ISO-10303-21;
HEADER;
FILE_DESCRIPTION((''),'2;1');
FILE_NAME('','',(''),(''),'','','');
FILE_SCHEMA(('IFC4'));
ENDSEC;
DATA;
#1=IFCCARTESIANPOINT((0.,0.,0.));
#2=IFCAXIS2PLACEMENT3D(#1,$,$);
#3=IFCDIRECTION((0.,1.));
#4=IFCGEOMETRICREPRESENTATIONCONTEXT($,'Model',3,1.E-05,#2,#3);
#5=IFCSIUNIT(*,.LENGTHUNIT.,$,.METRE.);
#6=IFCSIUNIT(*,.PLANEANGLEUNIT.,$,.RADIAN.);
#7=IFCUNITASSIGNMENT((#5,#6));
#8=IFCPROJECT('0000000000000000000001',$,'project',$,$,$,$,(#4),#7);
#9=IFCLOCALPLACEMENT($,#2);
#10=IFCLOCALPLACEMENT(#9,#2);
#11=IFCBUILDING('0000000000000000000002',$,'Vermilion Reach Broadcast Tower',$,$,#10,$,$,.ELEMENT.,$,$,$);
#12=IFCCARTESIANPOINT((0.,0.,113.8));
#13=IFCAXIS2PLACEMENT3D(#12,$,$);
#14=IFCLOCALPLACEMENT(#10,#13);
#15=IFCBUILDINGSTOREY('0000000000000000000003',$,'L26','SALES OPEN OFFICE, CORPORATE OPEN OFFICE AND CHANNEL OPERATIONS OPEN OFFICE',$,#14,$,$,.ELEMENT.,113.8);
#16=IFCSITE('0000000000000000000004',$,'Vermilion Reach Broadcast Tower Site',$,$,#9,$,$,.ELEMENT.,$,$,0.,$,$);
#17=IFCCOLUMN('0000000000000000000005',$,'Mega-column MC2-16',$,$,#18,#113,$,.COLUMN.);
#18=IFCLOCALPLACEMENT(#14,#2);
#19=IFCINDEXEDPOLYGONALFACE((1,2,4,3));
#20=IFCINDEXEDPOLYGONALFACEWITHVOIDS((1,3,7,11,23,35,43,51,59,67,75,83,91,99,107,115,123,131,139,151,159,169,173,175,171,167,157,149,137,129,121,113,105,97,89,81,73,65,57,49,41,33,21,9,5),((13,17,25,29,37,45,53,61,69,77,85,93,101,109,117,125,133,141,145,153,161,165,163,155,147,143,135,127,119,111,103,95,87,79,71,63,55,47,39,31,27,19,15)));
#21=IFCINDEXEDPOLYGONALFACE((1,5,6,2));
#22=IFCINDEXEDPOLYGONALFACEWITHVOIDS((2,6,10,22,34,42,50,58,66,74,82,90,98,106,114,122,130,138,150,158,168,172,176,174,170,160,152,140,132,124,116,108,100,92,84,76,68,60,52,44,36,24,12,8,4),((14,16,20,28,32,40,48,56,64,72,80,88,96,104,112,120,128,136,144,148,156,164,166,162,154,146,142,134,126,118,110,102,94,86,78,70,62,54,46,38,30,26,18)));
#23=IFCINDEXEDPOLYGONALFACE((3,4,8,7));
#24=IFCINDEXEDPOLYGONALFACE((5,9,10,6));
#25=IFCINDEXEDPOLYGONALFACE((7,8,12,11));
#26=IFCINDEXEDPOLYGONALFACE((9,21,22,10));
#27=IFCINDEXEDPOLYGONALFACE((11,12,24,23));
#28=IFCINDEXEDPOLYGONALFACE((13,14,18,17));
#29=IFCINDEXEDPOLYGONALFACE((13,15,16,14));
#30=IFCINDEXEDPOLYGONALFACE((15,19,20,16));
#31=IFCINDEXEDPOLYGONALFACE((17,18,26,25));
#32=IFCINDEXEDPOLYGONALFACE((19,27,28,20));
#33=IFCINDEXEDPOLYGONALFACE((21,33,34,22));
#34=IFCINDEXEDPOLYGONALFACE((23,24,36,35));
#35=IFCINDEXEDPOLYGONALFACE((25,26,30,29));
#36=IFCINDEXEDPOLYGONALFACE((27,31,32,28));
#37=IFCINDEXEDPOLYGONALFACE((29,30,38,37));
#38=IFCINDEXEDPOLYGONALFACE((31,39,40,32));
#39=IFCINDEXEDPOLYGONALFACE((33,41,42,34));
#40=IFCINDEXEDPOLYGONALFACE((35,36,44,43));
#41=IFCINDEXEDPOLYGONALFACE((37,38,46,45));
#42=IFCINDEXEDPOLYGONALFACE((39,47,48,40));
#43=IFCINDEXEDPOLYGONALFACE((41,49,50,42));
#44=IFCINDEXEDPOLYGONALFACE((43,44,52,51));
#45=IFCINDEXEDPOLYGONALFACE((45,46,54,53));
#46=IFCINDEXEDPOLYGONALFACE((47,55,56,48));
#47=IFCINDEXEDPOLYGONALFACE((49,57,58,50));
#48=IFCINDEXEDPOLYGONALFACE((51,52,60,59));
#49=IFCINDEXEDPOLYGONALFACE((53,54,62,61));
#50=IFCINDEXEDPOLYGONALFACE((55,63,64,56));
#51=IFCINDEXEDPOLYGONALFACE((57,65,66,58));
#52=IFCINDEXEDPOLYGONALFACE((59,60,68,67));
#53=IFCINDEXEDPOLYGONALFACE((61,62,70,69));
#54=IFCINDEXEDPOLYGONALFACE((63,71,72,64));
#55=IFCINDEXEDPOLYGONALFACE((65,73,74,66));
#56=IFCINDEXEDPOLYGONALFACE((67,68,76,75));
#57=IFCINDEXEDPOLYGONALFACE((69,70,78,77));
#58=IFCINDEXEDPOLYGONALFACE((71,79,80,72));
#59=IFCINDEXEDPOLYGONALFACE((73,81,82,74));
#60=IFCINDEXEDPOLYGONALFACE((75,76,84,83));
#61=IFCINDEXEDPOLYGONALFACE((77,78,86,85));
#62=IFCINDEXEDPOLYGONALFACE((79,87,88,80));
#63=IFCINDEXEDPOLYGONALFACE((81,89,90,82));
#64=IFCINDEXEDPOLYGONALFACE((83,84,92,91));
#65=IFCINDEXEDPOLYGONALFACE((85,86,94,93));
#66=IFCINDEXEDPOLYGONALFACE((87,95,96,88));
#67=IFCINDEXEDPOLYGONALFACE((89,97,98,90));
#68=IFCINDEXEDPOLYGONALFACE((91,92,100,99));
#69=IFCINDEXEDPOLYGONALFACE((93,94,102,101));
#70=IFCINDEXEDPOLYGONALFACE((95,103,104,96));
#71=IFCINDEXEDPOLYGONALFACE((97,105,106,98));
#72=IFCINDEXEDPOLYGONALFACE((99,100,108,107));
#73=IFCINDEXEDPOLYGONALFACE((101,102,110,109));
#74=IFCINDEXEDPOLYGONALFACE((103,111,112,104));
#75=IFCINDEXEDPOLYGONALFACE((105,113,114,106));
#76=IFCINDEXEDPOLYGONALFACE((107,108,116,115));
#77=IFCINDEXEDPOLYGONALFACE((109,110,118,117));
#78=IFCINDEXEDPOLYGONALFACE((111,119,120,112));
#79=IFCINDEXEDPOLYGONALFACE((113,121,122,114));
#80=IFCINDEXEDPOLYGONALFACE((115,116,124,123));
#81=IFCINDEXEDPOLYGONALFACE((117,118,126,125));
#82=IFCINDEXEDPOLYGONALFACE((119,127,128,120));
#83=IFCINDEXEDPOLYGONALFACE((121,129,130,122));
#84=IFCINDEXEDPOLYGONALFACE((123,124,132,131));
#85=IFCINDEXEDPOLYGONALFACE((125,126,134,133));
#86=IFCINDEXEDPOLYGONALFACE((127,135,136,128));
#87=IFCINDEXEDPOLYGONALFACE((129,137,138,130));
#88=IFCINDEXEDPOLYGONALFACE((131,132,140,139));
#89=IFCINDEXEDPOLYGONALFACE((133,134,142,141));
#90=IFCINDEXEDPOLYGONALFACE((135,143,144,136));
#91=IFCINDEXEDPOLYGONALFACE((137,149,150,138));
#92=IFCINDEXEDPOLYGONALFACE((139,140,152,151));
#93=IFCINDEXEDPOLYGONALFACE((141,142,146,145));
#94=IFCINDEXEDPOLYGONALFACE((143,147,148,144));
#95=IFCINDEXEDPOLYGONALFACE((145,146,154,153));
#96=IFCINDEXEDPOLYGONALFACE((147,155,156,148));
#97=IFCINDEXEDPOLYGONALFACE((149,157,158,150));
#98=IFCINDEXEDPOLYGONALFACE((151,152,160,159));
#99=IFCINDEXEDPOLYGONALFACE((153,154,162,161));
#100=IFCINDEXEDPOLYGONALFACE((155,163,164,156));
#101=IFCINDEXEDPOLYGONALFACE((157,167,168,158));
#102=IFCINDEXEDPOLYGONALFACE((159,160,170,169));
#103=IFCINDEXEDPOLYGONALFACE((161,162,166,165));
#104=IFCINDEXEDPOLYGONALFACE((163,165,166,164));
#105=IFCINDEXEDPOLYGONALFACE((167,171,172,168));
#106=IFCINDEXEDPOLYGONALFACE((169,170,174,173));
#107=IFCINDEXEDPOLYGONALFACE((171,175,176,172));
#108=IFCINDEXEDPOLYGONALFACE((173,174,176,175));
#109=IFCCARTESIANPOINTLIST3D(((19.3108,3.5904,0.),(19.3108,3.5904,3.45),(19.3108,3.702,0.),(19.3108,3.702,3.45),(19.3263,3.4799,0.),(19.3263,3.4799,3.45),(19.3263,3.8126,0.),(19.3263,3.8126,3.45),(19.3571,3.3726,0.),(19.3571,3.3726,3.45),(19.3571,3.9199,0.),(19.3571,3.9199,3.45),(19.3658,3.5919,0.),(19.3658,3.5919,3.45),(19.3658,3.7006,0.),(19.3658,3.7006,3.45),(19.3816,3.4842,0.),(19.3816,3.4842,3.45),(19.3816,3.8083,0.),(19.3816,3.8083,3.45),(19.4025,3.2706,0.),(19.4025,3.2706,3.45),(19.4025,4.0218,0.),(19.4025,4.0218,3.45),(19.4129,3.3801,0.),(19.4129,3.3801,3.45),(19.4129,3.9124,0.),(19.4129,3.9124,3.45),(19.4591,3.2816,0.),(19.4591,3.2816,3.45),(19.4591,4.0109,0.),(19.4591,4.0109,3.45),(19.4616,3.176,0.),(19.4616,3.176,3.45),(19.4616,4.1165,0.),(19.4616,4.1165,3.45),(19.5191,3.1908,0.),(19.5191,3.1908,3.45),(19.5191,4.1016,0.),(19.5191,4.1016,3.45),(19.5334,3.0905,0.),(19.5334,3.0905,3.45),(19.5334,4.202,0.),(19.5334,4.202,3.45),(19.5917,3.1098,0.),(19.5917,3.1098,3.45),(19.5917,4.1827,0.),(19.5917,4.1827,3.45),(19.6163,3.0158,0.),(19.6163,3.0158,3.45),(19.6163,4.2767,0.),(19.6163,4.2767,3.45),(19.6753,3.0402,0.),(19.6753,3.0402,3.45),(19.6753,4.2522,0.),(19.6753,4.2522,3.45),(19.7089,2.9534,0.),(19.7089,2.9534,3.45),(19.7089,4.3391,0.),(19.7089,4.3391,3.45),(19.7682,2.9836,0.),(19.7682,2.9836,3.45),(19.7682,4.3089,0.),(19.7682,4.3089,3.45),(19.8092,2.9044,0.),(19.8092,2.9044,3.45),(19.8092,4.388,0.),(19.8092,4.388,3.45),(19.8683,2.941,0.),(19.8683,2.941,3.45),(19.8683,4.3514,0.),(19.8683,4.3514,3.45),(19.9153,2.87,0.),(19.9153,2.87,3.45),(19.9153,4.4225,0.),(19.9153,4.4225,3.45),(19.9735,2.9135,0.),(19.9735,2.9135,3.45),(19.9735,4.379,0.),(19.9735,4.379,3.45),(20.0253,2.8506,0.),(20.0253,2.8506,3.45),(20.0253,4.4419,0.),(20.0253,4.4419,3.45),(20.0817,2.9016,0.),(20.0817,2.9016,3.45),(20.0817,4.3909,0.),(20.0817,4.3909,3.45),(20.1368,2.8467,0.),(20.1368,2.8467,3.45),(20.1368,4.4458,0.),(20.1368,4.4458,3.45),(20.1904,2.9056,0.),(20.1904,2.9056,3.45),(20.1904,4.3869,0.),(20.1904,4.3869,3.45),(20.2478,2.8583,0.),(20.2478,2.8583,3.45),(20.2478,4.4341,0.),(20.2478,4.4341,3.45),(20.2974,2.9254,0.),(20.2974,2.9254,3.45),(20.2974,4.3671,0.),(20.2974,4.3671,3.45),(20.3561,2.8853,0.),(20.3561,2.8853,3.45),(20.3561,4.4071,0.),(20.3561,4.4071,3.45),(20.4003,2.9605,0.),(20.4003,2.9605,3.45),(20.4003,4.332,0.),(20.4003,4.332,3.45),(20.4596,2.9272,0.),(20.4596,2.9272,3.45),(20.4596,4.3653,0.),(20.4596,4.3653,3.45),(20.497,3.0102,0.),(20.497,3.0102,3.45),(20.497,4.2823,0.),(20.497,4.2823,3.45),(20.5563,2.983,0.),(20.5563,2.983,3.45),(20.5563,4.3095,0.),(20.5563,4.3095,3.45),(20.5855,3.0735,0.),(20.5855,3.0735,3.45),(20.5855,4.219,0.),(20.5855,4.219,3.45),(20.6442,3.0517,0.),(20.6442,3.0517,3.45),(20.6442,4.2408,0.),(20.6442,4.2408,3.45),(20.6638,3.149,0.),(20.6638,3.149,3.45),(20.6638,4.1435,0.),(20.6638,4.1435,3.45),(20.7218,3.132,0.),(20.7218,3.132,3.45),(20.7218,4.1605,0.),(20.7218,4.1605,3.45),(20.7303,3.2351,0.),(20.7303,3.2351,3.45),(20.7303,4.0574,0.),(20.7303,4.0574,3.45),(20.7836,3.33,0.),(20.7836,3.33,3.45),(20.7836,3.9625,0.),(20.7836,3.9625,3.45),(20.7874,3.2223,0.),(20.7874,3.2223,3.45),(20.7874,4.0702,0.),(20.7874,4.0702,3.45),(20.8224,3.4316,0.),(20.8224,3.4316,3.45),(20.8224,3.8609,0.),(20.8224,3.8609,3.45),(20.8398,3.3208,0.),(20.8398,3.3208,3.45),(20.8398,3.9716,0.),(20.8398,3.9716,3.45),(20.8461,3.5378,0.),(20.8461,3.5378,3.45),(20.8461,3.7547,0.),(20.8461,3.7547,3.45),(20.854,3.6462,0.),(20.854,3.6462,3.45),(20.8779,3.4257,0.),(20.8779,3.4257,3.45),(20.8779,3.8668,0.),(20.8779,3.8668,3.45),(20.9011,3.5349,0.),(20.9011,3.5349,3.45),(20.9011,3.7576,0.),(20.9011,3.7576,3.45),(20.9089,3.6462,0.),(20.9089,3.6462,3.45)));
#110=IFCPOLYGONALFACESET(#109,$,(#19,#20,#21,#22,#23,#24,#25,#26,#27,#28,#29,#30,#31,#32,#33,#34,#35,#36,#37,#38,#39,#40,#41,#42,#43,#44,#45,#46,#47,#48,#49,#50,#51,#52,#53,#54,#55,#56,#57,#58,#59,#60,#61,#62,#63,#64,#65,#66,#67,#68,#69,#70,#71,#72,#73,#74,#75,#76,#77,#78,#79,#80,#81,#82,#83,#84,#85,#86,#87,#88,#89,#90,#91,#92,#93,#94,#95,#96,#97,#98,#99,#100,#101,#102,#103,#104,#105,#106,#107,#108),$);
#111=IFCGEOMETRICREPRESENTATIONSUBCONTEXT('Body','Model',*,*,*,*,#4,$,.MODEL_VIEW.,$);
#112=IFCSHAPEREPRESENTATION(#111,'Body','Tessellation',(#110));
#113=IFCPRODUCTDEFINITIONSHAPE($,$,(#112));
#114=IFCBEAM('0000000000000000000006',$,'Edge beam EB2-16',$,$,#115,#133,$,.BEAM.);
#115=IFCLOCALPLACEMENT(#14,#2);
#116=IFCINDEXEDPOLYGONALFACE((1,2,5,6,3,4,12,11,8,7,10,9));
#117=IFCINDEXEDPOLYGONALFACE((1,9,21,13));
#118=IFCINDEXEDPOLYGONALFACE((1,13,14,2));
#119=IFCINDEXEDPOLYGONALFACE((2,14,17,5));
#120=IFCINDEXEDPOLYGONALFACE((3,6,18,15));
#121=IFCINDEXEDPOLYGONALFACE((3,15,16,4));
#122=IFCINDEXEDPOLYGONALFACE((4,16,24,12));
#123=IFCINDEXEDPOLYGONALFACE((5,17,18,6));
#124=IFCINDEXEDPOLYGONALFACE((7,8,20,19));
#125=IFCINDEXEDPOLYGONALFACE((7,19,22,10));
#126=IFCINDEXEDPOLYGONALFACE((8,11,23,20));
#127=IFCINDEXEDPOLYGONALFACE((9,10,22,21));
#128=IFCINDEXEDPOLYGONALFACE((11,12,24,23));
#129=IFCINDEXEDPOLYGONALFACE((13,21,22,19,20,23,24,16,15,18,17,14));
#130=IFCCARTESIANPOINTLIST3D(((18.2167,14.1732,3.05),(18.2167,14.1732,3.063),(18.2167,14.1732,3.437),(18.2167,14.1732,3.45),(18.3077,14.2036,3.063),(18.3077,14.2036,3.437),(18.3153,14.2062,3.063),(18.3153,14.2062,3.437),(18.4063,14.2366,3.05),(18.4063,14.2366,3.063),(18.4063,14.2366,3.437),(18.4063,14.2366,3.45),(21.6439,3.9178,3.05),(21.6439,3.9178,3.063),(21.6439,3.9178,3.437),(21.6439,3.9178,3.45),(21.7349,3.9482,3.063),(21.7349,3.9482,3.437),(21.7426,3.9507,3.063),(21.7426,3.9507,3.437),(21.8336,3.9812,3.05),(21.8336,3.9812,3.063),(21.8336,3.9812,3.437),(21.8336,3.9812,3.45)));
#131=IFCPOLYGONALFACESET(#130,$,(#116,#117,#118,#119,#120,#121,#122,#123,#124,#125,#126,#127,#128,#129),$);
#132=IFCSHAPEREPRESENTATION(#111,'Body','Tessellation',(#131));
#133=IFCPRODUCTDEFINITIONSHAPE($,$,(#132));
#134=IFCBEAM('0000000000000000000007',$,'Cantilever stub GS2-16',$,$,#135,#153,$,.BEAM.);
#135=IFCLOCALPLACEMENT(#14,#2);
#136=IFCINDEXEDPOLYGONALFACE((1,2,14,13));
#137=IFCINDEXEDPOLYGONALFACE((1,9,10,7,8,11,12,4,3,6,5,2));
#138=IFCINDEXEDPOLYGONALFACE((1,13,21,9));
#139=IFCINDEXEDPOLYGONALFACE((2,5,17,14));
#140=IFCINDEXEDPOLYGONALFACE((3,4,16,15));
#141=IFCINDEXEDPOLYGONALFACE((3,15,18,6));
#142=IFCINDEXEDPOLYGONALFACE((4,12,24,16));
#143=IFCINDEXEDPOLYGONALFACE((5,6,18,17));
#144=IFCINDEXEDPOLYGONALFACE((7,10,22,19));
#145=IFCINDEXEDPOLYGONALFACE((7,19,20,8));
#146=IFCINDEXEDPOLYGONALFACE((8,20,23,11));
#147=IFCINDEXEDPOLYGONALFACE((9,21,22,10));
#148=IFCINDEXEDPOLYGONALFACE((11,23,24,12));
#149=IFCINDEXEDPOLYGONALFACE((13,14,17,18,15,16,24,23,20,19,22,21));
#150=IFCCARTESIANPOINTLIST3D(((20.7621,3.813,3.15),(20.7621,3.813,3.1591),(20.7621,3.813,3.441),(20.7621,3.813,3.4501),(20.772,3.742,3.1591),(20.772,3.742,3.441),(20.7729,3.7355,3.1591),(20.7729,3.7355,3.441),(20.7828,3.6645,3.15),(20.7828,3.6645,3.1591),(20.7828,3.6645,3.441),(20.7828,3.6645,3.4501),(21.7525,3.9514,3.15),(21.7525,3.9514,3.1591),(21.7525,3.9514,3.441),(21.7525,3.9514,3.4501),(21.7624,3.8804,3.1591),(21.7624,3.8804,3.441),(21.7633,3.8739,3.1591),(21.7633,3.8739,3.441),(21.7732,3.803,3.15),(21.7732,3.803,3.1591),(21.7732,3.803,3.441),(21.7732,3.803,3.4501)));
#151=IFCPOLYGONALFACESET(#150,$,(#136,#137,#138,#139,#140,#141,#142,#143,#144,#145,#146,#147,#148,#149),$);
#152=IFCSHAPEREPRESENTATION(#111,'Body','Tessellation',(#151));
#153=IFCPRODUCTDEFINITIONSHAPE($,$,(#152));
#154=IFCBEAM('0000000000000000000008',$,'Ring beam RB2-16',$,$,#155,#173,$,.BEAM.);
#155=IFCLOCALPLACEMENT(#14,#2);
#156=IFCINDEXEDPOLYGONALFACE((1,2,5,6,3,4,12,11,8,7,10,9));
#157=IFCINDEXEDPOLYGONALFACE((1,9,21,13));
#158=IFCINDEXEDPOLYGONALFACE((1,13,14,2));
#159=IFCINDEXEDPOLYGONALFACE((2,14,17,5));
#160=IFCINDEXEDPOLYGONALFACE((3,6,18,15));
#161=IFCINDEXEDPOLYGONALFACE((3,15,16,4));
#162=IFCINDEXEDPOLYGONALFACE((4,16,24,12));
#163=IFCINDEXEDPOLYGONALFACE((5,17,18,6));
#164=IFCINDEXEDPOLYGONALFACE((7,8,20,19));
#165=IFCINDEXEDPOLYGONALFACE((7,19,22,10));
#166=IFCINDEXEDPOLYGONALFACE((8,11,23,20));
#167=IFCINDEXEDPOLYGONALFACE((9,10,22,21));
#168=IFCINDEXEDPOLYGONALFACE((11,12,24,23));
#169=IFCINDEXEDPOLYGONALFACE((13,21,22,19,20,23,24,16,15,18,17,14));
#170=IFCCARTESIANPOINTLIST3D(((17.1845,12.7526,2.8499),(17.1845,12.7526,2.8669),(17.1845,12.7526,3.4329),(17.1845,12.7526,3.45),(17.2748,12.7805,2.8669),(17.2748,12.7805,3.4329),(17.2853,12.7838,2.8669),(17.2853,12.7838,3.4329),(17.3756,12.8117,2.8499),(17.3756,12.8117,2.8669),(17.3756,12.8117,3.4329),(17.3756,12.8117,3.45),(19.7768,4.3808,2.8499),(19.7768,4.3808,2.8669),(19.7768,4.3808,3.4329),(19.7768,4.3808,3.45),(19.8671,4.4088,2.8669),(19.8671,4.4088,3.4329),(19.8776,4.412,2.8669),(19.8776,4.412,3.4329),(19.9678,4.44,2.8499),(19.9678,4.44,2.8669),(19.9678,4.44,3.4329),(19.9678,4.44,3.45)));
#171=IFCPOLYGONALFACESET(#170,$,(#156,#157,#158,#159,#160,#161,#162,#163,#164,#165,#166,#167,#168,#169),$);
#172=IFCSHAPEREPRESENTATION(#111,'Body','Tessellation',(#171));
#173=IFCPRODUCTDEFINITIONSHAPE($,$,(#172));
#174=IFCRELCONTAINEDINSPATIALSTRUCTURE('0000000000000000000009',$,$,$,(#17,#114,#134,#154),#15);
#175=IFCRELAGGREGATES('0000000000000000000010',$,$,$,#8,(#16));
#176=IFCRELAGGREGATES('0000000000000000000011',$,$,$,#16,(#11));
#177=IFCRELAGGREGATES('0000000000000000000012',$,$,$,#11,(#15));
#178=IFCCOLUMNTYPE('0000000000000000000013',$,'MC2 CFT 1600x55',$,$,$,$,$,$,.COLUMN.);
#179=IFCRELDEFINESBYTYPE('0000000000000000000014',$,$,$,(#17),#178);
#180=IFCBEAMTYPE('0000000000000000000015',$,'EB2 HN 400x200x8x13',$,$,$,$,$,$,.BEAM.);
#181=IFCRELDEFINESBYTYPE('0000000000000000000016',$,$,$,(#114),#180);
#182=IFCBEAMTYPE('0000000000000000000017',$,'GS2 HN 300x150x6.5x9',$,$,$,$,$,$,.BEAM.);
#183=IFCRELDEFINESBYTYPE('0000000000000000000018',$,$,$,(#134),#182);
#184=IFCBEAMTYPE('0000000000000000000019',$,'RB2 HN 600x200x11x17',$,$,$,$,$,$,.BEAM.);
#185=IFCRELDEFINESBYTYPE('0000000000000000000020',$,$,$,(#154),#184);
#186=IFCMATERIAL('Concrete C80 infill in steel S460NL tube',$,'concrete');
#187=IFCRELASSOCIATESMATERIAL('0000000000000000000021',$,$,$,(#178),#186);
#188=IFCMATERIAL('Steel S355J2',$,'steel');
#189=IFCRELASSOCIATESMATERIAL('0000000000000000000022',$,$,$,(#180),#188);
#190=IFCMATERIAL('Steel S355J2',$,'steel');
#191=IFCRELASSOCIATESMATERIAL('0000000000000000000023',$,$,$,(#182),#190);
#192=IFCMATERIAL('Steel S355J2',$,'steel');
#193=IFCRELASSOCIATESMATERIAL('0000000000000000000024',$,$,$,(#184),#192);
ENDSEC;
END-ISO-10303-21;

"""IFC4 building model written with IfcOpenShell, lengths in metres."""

from ifc_helpers import new_model, si_unit, direction, frame, origin, origin_2d, place, context, subcontext, project, spatial, hollow_circle, i_section, extrude, material, material_profile, profile_set, type_object, element, save


model = new_model("IFC4")

# Units and contexts
model_context = context("Model", 3, precision=1e-05, world=origin(), true_north=direction((0.0, 1.0)))
body_context = subcontext(model_context, "Body", "Model", "MODEL_VIEW")
ifc_project = project(units=[si_unit("LENGTHUNIT", "METRE"), si_unit("PLANEANGLEUNIT", "RADIAN")], contexts=[model_context])

# Site, building, storey
site_placement = place(None, origin())
site = spatial("IfcSite", under=ifc_project, at=site_placement, Name="Vermilion Reach Broadcast Tower Site", CompositionType="ELEMENT", RefElevation=0.0)
building_placement = place(site_placement, origin())
building = spatial("IfcBuilding", under=site, at=building_placement, Name="Vermilion Reach Broadcast Tower", CompositionType="ELEMENT")
storey_placement = place(building_placement, frame((0.0, 0.0, 113.8)))
storey = spatial("IfcBuildingStorey", under=building, at=storey_placement, Name="L26", Description="SALES OPEN OFFICE, CORPORATE OPEN OFFICE AND CHANNEL OPERATIONS OPEN OFFICE", CompositionType="ELEMENT", Elevation=113.8)

# Column
ifc_material_1 = material(Name="Concrete C80 infill in steel S460NL tube", Category="concrete")
ifc_material_profile_1 = material_profile(ifc_material_1, hollow_circle(Radius=0.8, WallThickness=0.0549, at=origin_2d()), Name="Concrete C80 infill in steel S460NL tube CFT 1600x55")
ifc_profile_set_1 = profile_set([ifc_material_profile_1], Name="Concrete C80 infill in steel S460NL tube")
column_type = type_object("IfcColumnType", Name="MC2 CFT 1600x55", PredefinedType="COLUMN", material=ifc_profile_set_1)
column_placement = place(storey_placement, frame((20.1089, 3.6462, 0.0), z_axis=(0.0, 0.0, 1.0), x_axis=(1.0, 0.0, 0.0)))
element("IfcColumn", 1, at=column_placement, inside=storey, type_object=column_type, Name="Mega-column MC2-16", PredefinedType="COLUMN", context=body_context, shape_type="SweptSolid", body=[
    extrude(hollow_circle(Radius=0.8, WallThickness=0.0549, at=origin_2d()), origin(), (0.0, 0.0, 1.0), 3.45),
])

# Beams
ifc_material_2 = material(Name="Steel S355J2", Category="steel")
ifc_material_profile_2 = material_profile(ifc_material_2, i_section(OverallWidth=0.2, OverallDepth=0.3999, WebThickness=0.0081, FlangeThickness=0.0129, at=origin_2d()), Name="S355J2 HN 400x200x8x13")
ifc_profile_set_2 = profile_set([ifc_material_profile_2], Name="Steel S355J2")
beam_type_1 = type_object("IfcBeamType", Name="EB2 HN 400x200x8x13", PredefinedType="BEAM", material=ifc_profile_set_2)
beam_1_placement = place(storey_placement, frame((21.7388, 3.9495, 3.25), z_axis=(-0.316959, 0.948439, 0.0), x_axis=(-0.948439, -0.316959, 0.0)))
element("IfcBeam", 2, at=beam_1_placement, inside=storey, type_object=beam_type_1, Name="Edge beam EB2-16", PredefinedType="BEAM", context=body_context, shape_type="SweptSolid", body=[
    extrude(i_section(OverallWidth=0.2, OverallDepth=0.3999, WebThickness=0.0081, FlangeThickness=0.0129, at=origin_2d()), origin(), (0.0, 0.0, 1.0), 10.813),
])
ifc_material_3 = material(Name="Steel S355J2", Category="steel")
ifc_material_profile_3 = material_profile(ifc_material_3, i_section(OverallWidth=0.1499, OverallDepth=0.3, WebThickness=0.0066, FlangeThickness=0.009, at=origin_2d()), Name="S355J2 HN 300x150x6.5x9")
ifc_profile_set_3 = profile_set([ifc_material_profile_3], Name="Steel S355J2")
beam_type_2 = type_object("IfcBeamType", Name="GS2 HN 300x150x6.5x9", PredefinedType="BEAM", material=ifc_profile_set_3)
beam_2_placement = place(storey_placement, frame((20.7725, 3.7388, 3.3), z_axis=(0.990375, 0.138413, 0.0), x_axis=(-0.138413, 0.990375, 0.0)))
element("IfcBeam", 3, at=beam_2_placement, inside=storey, type_object=beam_type_2, Name="Cantilever stub GS2-16", PredefinedType="BEAM", context=body_context, shape_type="SweptSolid", body=[
    extrude(i_section(OverallWidth=0.1499, OverallDepth=0.3, WebThickness=0.0066, FlangeThickness=0.009, at=origin_2d()), origin(), (0.0, 0.0, 1.0), 1.0),
])
ifc_material_4 = material(Name="Steel S355J2", Category="steel")
ifc_material_profile_4 = material_profile(ifc_material_4, i_section(OverallWidth=0.2, OverallDepth=0.6001, WebThickness=0.011, FlangeThickness=0.0171, at=origin_2d()), Name="S355J2 HN 600x200x11x17")
ifc_profile_set_4 = profile_set([ifc_material_profile_4], Name="Steel S355J2")
beam_type_3 = type_object("IfcBeamType", Name="RB2 HN 600x200x11x17", PredefinedType="BEAM", material=ifc_profile_set_4)
beam_3_placement = place(storey_placement, frame((19.8723, 4.4104, 3.1499), z_axis=(-0.295788, 0.955253, 0.0), x_axis=(-0.955253, -0.295788, 0.0)))
element("IfcBeam", 4, at=beam_3_placement, inside=storey, type_object=beam_type_3, Name="Ring beam RB2-16", PredefinedType="BEAM", context=body_context, shape_type="SweptSolid", body=[
    extrude(i_section(OverallWidth=0.2, OverallDepth=0.6001, WebThickness=0.011, FlangeThickness=0.0171, at=origin_2d()), origin(), (0.0, 0.0, 1.0), 8.7639),
])

save(model, "model.ifc")
